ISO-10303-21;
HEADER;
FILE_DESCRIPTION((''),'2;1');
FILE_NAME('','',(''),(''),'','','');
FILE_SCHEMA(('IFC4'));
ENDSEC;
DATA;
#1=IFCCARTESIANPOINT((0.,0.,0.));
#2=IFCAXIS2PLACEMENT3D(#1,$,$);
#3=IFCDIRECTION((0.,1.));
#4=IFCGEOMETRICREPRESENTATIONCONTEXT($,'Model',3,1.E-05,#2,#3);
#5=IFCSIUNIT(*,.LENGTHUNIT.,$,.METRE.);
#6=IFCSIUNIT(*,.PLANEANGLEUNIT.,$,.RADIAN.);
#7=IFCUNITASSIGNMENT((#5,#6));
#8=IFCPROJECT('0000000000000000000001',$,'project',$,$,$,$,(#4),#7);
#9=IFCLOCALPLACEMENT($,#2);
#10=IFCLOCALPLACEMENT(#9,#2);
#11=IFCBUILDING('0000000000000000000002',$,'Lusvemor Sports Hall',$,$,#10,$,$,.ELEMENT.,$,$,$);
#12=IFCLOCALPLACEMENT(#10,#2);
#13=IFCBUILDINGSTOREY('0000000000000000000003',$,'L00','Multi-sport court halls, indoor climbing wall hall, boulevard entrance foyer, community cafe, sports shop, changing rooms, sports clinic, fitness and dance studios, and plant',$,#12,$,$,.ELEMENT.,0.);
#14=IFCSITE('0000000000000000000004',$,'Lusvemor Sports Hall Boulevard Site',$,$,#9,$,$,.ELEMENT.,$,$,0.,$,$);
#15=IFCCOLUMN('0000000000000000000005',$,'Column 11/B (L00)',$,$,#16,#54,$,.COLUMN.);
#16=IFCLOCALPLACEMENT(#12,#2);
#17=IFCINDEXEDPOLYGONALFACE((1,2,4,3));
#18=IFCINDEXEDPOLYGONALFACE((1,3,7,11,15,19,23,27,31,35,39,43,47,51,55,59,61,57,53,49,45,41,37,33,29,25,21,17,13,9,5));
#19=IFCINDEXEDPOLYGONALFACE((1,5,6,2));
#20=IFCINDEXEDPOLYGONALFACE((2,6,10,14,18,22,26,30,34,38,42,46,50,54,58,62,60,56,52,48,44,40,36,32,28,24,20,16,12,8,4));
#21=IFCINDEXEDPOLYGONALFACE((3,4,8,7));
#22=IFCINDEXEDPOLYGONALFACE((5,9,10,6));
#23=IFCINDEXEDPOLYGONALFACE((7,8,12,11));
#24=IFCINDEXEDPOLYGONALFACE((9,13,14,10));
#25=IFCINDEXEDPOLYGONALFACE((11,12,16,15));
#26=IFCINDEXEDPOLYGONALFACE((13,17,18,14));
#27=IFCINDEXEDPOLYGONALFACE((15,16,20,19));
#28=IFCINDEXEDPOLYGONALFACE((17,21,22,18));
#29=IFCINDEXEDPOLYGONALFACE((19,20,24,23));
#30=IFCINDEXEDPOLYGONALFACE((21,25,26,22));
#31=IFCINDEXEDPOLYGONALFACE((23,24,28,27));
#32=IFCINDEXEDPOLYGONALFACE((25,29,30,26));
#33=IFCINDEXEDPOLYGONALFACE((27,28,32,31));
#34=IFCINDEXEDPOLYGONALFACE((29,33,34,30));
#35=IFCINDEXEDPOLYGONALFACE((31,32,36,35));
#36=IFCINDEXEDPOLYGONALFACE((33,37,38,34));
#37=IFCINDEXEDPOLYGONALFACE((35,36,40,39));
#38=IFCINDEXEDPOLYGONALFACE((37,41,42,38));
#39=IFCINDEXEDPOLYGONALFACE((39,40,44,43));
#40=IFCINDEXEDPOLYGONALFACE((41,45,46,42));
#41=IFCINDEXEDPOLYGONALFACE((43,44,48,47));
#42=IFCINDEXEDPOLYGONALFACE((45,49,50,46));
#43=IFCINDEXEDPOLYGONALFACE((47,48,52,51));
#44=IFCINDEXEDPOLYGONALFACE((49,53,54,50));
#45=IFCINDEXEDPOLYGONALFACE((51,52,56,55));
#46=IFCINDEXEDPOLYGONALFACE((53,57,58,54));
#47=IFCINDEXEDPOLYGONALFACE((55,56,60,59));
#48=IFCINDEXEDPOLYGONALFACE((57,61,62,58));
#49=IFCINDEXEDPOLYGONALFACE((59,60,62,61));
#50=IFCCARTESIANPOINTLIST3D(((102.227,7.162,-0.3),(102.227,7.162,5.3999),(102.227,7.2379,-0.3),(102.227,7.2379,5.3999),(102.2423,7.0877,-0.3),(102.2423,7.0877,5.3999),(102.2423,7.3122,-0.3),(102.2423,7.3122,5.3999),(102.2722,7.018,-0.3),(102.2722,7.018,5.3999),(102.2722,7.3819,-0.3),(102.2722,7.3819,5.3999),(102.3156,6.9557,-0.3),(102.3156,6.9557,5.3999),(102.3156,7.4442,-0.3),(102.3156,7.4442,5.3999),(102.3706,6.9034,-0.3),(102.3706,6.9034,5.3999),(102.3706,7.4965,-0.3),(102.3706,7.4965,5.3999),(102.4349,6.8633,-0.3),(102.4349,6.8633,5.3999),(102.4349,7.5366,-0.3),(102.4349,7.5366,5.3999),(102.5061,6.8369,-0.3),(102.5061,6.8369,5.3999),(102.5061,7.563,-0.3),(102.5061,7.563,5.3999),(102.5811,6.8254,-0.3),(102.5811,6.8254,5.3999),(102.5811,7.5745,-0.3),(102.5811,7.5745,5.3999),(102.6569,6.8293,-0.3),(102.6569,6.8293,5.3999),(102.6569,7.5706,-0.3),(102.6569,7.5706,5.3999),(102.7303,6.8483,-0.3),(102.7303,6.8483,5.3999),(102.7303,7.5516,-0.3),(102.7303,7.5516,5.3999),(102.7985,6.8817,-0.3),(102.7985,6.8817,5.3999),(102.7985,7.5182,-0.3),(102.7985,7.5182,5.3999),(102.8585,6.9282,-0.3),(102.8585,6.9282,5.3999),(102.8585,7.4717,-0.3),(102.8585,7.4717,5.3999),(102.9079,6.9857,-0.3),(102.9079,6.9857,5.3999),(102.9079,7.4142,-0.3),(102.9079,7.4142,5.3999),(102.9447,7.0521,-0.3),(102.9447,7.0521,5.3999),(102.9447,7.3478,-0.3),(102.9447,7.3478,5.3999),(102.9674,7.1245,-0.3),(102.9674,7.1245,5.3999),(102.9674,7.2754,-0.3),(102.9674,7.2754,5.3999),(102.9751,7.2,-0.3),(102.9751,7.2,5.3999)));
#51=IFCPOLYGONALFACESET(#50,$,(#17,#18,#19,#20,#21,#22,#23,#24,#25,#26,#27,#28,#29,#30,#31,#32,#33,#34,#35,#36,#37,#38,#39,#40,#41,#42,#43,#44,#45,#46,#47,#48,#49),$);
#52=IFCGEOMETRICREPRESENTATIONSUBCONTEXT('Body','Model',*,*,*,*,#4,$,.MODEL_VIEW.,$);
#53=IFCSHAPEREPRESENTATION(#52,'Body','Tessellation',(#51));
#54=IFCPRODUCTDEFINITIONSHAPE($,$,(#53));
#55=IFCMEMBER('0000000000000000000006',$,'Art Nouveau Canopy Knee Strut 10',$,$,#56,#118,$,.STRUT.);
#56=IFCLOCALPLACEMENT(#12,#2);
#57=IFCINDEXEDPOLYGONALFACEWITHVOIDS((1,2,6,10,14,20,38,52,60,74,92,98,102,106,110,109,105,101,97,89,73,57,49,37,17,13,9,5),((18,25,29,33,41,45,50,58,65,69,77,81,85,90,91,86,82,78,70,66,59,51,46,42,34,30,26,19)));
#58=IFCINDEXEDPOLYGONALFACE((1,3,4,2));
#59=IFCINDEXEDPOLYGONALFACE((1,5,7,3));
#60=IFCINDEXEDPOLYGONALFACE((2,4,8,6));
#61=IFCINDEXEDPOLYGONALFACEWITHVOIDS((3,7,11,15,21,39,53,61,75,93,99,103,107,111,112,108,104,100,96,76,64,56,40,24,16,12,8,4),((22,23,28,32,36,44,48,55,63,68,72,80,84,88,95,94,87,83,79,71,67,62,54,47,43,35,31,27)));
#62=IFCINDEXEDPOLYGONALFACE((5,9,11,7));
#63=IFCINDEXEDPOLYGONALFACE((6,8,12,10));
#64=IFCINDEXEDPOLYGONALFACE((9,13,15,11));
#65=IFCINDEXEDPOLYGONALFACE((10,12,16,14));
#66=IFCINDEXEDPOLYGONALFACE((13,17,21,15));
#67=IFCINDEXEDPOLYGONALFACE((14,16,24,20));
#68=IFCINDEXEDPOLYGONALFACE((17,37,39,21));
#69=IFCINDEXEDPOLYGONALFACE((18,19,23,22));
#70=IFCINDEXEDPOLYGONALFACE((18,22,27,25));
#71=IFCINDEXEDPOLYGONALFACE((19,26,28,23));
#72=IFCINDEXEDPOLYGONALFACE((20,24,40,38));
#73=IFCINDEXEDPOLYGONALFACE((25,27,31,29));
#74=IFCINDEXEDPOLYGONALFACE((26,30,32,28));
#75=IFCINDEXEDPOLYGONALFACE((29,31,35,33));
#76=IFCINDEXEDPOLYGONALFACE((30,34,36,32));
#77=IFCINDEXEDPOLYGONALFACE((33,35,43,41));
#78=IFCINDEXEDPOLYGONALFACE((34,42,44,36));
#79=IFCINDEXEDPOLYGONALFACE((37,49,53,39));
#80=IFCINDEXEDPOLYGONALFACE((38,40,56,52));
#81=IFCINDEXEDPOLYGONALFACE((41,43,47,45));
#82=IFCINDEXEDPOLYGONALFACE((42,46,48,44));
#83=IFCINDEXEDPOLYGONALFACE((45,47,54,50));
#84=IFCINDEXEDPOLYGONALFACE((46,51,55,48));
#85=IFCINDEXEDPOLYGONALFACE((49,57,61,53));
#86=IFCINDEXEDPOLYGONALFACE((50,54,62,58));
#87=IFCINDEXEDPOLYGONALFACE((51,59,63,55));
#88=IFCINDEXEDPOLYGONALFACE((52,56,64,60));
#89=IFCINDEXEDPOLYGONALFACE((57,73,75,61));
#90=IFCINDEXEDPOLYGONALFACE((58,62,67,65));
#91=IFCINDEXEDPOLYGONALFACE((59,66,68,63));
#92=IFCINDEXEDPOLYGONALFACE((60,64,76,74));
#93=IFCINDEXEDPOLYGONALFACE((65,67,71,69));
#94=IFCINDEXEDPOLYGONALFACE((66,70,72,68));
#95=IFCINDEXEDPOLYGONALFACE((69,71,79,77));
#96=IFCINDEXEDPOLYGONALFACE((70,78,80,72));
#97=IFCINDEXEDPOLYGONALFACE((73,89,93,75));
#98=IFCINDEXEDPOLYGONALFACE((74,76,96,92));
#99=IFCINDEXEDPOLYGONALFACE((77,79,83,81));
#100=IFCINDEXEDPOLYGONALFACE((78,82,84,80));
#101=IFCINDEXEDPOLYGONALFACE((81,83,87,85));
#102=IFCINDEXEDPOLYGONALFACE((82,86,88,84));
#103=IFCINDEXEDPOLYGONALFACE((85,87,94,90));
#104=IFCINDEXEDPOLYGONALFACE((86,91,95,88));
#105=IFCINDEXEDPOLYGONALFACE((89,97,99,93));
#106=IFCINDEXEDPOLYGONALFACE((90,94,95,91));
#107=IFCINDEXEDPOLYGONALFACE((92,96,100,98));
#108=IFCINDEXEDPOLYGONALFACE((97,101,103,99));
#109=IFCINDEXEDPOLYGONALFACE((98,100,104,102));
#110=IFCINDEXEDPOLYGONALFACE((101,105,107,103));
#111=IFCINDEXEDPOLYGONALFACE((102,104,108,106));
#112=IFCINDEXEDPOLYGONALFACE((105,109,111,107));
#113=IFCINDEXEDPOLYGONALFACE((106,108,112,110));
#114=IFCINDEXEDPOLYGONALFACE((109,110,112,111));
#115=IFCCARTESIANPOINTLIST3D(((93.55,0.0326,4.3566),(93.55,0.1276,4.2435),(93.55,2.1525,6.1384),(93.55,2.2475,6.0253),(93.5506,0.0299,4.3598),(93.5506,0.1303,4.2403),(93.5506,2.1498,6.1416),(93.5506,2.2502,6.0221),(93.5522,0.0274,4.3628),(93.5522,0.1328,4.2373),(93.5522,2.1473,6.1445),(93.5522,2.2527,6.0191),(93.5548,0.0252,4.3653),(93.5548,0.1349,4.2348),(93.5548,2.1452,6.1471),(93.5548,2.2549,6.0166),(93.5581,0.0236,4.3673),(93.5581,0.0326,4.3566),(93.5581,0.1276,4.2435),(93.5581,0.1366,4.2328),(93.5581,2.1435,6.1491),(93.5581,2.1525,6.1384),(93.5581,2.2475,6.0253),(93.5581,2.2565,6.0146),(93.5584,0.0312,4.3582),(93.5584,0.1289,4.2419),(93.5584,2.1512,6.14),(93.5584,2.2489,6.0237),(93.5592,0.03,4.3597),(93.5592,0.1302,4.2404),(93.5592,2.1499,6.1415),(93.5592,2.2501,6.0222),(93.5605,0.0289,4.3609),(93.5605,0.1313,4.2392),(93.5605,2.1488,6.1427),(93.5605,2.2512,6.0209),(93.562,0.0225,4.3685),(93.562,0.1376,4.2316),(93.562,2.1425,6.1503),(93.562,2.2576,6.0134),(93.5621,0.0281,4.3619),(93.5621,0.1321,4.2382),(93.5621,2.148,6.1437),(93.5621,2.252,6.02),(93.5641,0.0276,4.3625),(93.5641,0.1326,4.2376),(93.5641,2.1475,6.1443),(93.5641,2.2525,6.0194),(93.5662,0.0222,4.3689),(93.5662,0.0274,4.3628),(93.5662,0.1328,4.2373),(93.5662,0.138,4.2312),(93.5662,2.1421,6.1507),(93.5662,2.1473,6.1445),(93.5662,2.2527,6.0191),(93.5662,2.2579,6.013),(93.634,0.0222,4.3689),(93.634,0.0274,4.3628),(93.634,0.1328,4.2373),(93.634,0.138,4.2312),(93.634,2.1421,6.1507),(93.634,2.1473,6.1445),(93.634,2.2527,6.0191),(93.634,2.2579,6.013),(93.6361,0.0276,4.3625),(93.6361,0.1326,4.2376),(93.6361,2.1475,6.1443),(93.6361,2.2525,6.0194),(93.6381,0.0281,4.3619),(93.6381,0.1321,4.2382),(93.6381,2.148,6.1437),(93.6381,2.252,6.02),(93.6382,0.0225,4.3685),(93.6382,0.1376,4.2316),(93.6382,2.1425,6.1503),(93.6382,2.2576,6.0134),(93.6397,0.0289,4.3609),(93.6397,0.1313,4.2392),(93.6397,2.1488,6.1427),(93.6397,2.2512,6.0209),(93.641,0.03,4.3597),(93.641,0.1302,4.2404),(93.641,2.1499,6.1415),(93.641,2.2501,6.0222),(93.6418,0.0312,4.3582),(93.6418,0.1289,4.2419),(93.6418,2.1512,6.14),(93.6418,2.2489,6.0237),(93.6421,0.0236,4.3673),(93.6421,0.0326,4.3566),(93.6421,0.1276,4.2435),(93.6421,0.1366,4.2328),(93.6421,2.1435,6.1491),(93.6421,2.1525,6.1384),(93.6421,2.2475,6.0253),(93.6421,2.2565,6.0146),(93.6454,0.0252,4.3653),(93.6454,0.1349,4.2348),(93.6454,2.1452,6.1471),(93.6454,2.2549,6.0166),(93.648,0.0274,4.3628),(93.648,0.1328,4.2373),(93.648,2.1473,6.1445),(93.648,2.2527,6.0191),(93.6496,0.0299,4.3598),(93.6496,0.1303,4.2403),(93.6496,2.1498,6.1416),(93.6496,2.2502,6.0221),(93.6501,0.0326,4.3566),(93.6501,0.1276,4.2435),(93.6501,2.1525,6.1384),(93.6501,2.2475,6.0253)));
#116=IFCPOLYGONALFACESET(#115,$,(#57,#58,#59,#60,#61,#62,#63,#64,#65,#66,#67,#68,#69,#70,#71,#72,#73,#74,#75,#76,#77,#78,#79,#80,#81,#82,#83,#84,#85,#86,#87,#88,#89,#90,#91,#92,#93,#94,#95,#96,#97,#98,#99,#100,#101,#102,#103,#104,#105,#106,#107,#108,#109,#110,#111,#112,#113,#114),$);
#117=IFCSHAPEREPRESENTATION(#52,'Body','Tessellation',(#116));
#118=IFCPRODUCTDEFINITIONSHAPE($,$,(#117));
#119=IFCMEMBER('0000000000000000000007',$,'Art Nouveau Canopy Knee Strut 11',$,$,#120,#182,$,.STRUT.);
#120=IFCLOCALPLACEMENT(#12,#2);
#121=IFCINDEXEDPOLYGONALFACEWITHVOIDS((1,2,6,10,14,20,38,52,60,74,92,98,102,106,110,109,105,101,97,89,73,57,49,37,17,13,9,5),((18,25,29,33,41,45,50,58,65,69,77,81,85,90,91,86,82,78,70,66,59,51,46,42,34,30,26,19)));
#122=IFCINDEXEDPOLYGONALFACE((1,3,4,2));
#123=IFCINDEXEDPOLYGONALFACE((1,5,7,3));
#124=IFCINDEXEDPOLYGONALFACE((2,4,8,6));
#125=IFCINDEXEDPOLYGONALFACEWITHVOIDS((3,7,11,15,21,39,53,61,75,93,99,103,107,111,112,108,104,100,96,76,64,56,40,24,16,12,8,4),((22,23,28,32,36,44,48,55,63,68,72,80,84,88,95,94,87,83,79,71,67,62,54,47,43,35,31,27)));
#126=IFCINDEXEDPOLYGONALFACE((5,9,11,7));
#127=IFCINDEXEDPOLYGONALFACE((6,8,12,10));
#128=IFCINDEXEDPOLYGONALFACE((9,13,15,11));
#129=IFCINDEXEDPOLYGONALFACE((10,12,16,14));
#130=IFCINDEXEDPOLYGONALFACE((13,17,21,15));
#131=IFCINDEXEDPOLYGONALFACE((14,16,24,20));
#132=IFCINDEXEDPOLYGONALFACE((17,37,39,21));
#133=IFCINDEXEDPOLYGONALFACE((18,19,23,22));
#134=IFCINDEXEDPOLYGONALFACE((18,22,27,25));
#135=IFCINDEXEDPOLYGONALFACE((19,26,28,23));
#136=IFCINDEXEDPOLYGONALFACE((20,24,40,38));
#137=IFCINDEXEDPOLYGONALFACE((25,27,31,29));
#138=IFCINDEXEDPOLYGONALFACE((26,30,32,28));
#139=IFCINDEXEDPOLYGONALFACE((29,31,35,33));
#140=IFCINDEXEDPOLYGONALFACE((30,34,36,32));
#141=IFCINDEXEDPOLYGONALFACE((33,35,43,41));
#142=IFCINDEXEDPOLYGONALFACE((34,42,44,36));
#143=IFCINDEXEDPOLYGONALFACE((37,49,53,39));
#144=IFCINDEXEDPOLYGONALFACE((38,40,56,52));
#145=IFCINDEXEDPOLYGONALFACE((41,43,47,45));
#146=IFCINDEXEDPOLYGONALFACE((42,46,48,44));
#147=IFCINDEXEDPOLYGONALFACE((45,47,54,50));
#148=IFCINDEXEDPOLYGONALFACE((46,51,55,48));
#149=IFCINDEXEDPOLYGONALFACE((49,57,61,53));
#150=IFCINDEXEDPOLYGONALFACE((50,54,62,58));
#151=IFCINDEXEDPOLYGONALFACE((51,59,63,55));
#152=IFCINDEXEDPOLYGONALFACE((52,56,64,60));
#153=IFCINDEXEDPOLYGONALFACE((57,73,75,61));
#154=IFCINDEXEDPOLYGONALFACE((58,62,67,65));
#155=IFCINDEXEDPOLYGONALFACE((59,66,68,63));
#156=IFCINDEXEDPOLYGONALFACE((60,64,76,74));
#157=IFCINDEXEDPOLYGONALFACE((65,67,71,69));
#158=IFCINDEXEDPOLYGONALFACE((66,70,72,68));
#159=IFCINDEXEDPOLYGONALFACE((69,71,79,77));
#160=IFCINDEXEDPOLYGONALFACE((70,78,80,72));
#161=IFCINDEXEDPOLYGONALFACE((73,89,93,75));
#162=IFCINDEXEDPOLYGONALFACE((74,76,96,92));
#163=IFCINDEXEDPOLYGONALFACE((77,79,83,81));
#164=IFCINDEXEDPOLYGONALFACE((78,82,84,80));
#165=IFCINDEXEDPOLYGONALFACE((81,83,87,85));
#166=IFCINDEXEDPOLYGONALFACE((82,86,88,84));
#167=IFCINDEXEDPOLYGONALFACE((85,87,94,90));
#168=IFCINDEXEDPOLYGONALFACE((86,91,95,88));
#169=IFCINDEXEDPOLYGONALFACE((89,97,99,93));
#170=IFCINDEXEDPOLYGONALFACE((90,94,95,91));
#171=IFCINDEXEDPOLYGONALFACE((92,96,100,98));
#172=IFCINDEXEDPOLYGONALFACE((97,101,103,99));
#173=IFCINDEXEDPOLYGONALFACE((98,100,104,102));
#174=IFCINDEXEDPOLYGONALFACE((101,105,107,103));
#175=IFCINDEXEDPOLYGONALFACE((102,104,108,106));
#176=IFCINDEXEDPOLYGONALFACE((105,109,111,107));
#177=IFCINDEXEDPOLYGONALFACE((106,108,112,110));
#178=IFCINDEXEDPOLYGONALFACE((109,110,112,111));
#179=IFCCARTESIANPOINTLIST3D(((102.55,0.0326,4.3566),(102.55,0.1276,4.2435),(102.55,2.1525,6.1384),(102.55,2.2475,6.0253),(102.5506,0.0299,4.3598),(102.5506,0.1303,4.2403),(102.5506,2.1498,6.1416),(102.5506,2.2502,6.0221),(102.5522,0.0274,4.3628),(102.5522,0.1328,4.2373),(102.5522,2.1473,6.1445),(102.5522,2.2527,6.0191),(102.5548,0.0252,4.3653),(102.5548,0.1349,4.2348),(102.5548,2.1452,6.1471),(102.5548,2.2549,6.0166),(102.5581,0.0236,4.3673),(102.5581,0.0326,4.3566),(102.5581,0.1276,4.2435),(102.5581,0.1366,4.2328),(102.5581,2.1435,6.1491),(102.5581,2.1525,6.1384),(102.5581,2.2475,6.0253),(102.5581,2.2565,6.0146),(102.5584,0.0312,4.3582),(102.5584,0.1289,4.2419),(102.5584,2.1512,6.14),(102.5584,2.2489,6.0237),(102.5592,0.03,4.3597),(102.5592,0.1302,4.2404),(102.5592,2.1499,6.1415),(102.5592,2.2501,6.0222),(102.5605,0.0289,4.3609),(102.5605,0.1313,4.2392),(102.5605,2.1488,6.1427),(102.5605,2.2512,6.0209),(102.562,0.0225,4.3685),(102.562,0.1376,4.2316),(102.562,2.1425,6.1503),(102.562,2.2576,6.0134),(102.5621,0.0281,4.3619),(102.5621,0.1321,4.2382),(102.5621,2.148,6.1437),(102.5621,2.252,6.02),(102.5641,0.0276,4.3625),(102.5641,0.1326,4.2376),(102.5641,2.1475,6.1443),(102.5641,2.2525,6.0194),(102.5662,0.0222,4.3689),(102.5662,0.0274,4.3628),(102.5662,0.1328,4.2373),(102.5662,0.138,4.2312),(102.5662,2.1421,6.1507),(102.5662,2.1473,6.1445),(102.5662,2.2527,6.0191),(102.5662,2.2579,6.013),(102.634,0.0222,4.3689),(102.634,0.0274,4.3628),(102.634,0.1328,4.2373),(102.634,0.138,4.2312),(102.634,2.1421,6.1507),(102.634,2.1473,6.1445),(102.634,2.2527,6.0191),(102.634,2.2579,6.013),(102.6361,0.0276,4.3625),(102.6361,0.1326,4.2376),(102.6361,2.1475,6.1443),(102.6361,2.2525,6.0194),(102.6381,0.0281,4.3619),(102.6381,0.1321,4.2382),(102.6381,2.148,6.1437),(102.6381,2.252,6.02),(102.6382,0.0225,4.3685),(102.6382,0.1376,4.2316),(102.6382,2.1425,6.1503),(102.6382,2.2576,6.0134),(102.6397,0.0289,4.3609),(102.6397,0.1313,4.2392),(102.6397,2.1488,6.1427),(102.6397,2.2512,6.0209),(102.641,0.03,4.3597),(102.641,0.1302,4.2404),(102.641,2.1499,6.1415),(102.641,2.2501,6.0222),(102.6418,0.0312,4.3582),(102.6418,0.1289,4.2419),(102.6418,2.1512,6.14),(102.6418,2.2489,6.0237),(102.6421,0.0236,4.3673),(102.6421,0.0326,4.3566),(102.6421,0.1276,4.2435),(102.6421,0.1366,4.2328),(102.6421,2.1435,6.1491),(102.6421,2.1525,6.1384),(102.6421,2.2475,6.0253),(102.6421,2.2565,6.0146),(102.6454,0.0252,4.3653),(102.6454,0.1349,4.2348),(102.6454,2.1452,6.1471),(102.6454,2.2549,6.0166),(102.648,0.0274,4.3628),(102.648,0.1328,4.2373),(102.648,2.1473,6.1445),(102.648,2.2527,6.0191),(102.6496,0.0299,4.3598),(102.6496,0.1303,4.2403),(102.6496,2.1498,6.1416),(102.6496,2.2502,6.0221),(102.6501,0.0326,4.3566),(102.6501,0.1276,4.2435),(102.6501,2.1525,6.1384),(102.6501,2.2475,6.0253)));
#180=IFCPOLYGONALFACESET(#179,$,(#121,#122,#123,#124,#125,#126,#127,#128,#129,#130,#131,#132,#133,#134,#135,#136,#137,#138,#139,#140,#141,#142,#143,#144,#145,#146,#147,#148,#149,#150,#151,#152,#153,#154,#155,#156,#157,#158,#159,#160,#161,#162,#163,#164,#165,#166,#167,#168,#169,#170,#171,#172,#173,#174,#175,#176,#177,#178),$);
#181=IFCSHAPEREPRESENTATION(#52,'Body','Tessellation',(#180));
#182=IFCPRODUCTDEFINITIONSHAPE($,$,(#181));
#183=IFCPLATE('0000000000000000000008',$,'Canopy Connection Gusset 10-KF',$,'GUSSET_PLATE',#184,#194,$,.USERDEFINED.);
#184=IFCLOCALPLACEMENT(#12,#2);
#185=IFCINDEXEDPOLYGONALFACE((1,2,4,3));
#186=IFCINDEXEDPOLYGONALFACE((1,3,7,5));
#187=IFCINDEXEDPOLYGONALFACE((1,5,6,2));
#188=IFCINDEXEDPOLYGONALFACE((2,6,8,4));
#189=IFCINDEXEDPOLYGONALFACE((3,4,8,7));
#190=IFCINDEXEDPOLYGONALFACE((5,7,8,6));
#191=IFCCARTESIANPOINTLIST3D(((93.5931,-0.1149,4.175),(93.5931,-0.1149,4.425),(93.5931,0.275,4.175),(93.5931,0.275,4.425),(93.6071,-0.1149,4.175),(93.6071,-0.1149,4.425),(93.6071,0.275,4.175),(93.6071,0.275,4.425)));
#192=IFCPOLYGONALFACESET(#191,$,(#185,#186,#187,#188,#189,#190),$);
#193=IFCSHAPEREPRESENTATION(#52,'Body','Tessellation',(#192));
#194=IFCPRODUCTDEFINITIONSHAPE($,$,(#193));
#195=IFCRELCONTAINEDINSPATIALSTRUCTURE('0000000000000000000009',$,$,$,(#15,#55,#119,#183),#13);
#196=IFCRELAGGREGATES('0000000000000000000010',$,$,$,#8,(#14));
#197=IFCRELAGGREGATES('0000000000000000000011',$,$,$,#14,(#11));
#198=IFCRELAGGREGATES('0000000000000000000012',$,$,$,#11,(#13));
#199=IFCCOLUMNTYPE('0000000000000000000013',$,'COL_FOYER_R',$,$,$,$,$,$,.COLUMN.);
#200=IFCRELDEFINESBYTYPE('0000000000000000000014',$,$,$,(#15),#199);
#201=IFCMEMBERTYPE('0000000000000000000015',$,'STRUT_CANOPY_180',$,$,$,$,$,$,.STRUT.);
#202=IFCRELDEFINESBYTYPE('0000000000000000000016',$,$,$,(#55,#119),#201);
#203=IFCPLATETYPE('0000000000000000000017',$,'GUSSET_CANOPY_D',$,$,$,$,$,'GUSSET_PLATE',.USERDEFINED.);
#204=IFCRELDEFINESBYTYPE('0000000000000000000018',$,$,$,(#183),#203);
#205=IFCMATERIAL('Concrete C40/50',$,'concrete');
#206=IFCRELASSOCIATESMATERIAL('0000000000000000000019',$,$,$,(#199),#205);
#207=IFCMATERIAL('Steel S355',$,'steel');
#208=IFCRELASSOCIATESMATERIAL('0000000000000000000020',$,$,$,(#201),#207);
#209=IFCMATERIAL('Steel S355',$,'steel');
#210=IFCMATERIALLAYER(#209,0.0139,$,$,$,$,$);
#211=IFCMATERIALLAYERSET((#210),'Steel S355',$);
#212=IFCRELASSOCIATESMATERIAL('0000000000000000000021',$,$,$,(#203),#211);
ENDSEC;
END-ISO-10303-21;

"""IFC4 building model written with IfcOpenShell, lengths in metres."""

from ifc_helpers import new_model, si_unit, direction, frame, origin, origin_2d, place, context, subcontext, project, spatial, rectangle, hollow_rectangle, circle, extrude, material, layer, layer_set, material_profile, profile_set, type_object, element, save


model = new_model("IFC4")

# Units and contexts
model_context = context("Model", 3, precision=1e-05, world=origin(), true_north=direction((0.0, 1.0)))
body_context = subcontext(model_context, "Body", "Model", "MODEL_VIEW")
ifc_project = project(units=[si_unit("LENGTHUNIT", "METRE"), si_unit("PLANEANGLEUNIT", "RADIAN")], contexts=[model_context])

# Site, building, storey
site_placement = place(None, origin())
site = spatial("IfcSite", under=ifc_project, at=site_placement, Name="Lusvemor Sports Hall Boulevard Site", CompositionType="ELEMENT", RefElevation=0.0)
building_placement = place(site_placement, origin())
building = spatial("IfcBuilding", under=site, at=building_placement, Name="Lusvemor Sports Hall", CompositionType="ELEMENT")
storey_placement = place(building_placement, origin())
storey = spatial("IfcBuildingStorey", under=building, at=storey_placement, Name="L00", Description="Multi-sport court halls, indoor climbing wall hall, boulevard entrance foyer, community cafe, sports shop, changing rooms, sports clinic, fitness and dance studios, and plant", CompositionType="ELEMENT", Elevation=0.0)

# Column
ifc_material_1 = material(Name="Concrete C40/50", Category="concrete")
ifc_material_profile_1 = material_profile(ifc_material_1, circle(Radius=0.375, at=origin_2d()), Name="RCCIRC750")
ifc_profile_set_1 = profile_set([ifc_material_profile_1], Name="Concrete C40/50")
column_type_1 = type_object("IfcColumnType", Name="COL_FOYER_R", PredefinedType="COLUMN", material=ifc_profile_set_1)
for number, where, z_axis, x_axis, name in (
    (1, (102.6001, 7.2, -0.3), (0.0, 0.0, 1.0), (1.0, 0.0, 0.0), "Column 11/B (L00)"),
):
    element("IfcColumn", number, at=place(storey_placement, frame(where, z_axis=z_axis, x_axis=x_axis)), inside=storey, type_object=column_type_1, Name=name, PredefinedType="COLUMN", context=body_context, shape_type="SweptSolid", body=[
        extrude(circle(Radius=0.375, at=origin_2d()), origin(), (0.0, 0.0, 1.0), 5.7),
    ])

# Members
ifc_material_2 = material(Name="Steel S355", Category="steel")
ifc_material_profile_2 = material_profile(ifc_material_2, hollow_rectangle(XDim=0.1001, YDim=0.1799, WallThickness=0.0081, InnerFilletRadius=0.0081, OuterFilletRadius=0.0161, at=origin_2d()), Name="RHS180x100x8")
ifc_profile_set_2 = profile_set([ifc_material_profile_2], Name="Steel S355")
member_type = type_object("IfcMemberType", Name="STRUT_CANOPY_180", PredefinedType="STRUT", material=ifc_profile_set_2)
for number, where, z_axis, x_axis, name in (
    (2, (93.6001, 0.0801, 4.3), (0.0, 0.765519, 0.643413), (-1.0, 0.0, 0.0), "Art Nouveau Canopy Knee Strut 10"),
    (3, (102.6001, 0.0801, 4.3), (0.0, 0.765519, 0.643413), (-1.0, 0.0, 0.0), "Art Nouveau Canopy Knee Strut 11"),
):
    element("IfcMember", number, at=place(storey_placement, frame(where, z_axis=z_axis, x_axis=x_axis)), inside=storey, type_object=member_type, Name=name, PredefinedType="STRUT", context=body_context, shape_type="SweptSolid", body=[
        extrude(hollow_rectangle(XDim=0.1001, YDim=0.1799, WallThickness=0.0081, InnerFilletRadius=0.0081, OuterFilletRadius=0.0161, at=origin_2d()), origin(), (0.0, 0.0, 1.0), 2.7693),
    ])

# Plate
ifc_material_3 = material(Name="Steel S355", Category="steel")
ifc_layer_1 = layer(ifc_material_3, 0.0139)
ifc_layer_set_1 = layer_set([ifc_layer_1], Name="Steel S355")
plate_type = type_object("IfcPlateType", Name="GUSSET_CANOPY_D", ElementType="GUSSET_PLATE", PredefinedType="USERDEFINED", material=ifc_layer_set_1)
for number, where, z_axis, x_axis, name in (
    (4, (93.6001, 0.0801, 4.175), (0.0, 0.0, 1.0), (1.0, 0.0, 0.0), "Canopy Connection Gusset 10-KF"),
):
    element("IfcPlate", number, at=place(storey_placement, frame(where, z_axis=z_axis, x_axis=x_axis)), inside=storey, type_object=plate_type, Name=name, ObjectType="GUSSET_PLATE", PredefinedType="USERDEFINED", context=body_context, shape_type="SweptSolid", body=[
        extrude(rectangle(XDim=0.0139, YDim=0.3899, at=origin_2d()), origin(), (0.0, 0.0, 1.0), 0.25),
    ])

save(model, "model.ifc")
